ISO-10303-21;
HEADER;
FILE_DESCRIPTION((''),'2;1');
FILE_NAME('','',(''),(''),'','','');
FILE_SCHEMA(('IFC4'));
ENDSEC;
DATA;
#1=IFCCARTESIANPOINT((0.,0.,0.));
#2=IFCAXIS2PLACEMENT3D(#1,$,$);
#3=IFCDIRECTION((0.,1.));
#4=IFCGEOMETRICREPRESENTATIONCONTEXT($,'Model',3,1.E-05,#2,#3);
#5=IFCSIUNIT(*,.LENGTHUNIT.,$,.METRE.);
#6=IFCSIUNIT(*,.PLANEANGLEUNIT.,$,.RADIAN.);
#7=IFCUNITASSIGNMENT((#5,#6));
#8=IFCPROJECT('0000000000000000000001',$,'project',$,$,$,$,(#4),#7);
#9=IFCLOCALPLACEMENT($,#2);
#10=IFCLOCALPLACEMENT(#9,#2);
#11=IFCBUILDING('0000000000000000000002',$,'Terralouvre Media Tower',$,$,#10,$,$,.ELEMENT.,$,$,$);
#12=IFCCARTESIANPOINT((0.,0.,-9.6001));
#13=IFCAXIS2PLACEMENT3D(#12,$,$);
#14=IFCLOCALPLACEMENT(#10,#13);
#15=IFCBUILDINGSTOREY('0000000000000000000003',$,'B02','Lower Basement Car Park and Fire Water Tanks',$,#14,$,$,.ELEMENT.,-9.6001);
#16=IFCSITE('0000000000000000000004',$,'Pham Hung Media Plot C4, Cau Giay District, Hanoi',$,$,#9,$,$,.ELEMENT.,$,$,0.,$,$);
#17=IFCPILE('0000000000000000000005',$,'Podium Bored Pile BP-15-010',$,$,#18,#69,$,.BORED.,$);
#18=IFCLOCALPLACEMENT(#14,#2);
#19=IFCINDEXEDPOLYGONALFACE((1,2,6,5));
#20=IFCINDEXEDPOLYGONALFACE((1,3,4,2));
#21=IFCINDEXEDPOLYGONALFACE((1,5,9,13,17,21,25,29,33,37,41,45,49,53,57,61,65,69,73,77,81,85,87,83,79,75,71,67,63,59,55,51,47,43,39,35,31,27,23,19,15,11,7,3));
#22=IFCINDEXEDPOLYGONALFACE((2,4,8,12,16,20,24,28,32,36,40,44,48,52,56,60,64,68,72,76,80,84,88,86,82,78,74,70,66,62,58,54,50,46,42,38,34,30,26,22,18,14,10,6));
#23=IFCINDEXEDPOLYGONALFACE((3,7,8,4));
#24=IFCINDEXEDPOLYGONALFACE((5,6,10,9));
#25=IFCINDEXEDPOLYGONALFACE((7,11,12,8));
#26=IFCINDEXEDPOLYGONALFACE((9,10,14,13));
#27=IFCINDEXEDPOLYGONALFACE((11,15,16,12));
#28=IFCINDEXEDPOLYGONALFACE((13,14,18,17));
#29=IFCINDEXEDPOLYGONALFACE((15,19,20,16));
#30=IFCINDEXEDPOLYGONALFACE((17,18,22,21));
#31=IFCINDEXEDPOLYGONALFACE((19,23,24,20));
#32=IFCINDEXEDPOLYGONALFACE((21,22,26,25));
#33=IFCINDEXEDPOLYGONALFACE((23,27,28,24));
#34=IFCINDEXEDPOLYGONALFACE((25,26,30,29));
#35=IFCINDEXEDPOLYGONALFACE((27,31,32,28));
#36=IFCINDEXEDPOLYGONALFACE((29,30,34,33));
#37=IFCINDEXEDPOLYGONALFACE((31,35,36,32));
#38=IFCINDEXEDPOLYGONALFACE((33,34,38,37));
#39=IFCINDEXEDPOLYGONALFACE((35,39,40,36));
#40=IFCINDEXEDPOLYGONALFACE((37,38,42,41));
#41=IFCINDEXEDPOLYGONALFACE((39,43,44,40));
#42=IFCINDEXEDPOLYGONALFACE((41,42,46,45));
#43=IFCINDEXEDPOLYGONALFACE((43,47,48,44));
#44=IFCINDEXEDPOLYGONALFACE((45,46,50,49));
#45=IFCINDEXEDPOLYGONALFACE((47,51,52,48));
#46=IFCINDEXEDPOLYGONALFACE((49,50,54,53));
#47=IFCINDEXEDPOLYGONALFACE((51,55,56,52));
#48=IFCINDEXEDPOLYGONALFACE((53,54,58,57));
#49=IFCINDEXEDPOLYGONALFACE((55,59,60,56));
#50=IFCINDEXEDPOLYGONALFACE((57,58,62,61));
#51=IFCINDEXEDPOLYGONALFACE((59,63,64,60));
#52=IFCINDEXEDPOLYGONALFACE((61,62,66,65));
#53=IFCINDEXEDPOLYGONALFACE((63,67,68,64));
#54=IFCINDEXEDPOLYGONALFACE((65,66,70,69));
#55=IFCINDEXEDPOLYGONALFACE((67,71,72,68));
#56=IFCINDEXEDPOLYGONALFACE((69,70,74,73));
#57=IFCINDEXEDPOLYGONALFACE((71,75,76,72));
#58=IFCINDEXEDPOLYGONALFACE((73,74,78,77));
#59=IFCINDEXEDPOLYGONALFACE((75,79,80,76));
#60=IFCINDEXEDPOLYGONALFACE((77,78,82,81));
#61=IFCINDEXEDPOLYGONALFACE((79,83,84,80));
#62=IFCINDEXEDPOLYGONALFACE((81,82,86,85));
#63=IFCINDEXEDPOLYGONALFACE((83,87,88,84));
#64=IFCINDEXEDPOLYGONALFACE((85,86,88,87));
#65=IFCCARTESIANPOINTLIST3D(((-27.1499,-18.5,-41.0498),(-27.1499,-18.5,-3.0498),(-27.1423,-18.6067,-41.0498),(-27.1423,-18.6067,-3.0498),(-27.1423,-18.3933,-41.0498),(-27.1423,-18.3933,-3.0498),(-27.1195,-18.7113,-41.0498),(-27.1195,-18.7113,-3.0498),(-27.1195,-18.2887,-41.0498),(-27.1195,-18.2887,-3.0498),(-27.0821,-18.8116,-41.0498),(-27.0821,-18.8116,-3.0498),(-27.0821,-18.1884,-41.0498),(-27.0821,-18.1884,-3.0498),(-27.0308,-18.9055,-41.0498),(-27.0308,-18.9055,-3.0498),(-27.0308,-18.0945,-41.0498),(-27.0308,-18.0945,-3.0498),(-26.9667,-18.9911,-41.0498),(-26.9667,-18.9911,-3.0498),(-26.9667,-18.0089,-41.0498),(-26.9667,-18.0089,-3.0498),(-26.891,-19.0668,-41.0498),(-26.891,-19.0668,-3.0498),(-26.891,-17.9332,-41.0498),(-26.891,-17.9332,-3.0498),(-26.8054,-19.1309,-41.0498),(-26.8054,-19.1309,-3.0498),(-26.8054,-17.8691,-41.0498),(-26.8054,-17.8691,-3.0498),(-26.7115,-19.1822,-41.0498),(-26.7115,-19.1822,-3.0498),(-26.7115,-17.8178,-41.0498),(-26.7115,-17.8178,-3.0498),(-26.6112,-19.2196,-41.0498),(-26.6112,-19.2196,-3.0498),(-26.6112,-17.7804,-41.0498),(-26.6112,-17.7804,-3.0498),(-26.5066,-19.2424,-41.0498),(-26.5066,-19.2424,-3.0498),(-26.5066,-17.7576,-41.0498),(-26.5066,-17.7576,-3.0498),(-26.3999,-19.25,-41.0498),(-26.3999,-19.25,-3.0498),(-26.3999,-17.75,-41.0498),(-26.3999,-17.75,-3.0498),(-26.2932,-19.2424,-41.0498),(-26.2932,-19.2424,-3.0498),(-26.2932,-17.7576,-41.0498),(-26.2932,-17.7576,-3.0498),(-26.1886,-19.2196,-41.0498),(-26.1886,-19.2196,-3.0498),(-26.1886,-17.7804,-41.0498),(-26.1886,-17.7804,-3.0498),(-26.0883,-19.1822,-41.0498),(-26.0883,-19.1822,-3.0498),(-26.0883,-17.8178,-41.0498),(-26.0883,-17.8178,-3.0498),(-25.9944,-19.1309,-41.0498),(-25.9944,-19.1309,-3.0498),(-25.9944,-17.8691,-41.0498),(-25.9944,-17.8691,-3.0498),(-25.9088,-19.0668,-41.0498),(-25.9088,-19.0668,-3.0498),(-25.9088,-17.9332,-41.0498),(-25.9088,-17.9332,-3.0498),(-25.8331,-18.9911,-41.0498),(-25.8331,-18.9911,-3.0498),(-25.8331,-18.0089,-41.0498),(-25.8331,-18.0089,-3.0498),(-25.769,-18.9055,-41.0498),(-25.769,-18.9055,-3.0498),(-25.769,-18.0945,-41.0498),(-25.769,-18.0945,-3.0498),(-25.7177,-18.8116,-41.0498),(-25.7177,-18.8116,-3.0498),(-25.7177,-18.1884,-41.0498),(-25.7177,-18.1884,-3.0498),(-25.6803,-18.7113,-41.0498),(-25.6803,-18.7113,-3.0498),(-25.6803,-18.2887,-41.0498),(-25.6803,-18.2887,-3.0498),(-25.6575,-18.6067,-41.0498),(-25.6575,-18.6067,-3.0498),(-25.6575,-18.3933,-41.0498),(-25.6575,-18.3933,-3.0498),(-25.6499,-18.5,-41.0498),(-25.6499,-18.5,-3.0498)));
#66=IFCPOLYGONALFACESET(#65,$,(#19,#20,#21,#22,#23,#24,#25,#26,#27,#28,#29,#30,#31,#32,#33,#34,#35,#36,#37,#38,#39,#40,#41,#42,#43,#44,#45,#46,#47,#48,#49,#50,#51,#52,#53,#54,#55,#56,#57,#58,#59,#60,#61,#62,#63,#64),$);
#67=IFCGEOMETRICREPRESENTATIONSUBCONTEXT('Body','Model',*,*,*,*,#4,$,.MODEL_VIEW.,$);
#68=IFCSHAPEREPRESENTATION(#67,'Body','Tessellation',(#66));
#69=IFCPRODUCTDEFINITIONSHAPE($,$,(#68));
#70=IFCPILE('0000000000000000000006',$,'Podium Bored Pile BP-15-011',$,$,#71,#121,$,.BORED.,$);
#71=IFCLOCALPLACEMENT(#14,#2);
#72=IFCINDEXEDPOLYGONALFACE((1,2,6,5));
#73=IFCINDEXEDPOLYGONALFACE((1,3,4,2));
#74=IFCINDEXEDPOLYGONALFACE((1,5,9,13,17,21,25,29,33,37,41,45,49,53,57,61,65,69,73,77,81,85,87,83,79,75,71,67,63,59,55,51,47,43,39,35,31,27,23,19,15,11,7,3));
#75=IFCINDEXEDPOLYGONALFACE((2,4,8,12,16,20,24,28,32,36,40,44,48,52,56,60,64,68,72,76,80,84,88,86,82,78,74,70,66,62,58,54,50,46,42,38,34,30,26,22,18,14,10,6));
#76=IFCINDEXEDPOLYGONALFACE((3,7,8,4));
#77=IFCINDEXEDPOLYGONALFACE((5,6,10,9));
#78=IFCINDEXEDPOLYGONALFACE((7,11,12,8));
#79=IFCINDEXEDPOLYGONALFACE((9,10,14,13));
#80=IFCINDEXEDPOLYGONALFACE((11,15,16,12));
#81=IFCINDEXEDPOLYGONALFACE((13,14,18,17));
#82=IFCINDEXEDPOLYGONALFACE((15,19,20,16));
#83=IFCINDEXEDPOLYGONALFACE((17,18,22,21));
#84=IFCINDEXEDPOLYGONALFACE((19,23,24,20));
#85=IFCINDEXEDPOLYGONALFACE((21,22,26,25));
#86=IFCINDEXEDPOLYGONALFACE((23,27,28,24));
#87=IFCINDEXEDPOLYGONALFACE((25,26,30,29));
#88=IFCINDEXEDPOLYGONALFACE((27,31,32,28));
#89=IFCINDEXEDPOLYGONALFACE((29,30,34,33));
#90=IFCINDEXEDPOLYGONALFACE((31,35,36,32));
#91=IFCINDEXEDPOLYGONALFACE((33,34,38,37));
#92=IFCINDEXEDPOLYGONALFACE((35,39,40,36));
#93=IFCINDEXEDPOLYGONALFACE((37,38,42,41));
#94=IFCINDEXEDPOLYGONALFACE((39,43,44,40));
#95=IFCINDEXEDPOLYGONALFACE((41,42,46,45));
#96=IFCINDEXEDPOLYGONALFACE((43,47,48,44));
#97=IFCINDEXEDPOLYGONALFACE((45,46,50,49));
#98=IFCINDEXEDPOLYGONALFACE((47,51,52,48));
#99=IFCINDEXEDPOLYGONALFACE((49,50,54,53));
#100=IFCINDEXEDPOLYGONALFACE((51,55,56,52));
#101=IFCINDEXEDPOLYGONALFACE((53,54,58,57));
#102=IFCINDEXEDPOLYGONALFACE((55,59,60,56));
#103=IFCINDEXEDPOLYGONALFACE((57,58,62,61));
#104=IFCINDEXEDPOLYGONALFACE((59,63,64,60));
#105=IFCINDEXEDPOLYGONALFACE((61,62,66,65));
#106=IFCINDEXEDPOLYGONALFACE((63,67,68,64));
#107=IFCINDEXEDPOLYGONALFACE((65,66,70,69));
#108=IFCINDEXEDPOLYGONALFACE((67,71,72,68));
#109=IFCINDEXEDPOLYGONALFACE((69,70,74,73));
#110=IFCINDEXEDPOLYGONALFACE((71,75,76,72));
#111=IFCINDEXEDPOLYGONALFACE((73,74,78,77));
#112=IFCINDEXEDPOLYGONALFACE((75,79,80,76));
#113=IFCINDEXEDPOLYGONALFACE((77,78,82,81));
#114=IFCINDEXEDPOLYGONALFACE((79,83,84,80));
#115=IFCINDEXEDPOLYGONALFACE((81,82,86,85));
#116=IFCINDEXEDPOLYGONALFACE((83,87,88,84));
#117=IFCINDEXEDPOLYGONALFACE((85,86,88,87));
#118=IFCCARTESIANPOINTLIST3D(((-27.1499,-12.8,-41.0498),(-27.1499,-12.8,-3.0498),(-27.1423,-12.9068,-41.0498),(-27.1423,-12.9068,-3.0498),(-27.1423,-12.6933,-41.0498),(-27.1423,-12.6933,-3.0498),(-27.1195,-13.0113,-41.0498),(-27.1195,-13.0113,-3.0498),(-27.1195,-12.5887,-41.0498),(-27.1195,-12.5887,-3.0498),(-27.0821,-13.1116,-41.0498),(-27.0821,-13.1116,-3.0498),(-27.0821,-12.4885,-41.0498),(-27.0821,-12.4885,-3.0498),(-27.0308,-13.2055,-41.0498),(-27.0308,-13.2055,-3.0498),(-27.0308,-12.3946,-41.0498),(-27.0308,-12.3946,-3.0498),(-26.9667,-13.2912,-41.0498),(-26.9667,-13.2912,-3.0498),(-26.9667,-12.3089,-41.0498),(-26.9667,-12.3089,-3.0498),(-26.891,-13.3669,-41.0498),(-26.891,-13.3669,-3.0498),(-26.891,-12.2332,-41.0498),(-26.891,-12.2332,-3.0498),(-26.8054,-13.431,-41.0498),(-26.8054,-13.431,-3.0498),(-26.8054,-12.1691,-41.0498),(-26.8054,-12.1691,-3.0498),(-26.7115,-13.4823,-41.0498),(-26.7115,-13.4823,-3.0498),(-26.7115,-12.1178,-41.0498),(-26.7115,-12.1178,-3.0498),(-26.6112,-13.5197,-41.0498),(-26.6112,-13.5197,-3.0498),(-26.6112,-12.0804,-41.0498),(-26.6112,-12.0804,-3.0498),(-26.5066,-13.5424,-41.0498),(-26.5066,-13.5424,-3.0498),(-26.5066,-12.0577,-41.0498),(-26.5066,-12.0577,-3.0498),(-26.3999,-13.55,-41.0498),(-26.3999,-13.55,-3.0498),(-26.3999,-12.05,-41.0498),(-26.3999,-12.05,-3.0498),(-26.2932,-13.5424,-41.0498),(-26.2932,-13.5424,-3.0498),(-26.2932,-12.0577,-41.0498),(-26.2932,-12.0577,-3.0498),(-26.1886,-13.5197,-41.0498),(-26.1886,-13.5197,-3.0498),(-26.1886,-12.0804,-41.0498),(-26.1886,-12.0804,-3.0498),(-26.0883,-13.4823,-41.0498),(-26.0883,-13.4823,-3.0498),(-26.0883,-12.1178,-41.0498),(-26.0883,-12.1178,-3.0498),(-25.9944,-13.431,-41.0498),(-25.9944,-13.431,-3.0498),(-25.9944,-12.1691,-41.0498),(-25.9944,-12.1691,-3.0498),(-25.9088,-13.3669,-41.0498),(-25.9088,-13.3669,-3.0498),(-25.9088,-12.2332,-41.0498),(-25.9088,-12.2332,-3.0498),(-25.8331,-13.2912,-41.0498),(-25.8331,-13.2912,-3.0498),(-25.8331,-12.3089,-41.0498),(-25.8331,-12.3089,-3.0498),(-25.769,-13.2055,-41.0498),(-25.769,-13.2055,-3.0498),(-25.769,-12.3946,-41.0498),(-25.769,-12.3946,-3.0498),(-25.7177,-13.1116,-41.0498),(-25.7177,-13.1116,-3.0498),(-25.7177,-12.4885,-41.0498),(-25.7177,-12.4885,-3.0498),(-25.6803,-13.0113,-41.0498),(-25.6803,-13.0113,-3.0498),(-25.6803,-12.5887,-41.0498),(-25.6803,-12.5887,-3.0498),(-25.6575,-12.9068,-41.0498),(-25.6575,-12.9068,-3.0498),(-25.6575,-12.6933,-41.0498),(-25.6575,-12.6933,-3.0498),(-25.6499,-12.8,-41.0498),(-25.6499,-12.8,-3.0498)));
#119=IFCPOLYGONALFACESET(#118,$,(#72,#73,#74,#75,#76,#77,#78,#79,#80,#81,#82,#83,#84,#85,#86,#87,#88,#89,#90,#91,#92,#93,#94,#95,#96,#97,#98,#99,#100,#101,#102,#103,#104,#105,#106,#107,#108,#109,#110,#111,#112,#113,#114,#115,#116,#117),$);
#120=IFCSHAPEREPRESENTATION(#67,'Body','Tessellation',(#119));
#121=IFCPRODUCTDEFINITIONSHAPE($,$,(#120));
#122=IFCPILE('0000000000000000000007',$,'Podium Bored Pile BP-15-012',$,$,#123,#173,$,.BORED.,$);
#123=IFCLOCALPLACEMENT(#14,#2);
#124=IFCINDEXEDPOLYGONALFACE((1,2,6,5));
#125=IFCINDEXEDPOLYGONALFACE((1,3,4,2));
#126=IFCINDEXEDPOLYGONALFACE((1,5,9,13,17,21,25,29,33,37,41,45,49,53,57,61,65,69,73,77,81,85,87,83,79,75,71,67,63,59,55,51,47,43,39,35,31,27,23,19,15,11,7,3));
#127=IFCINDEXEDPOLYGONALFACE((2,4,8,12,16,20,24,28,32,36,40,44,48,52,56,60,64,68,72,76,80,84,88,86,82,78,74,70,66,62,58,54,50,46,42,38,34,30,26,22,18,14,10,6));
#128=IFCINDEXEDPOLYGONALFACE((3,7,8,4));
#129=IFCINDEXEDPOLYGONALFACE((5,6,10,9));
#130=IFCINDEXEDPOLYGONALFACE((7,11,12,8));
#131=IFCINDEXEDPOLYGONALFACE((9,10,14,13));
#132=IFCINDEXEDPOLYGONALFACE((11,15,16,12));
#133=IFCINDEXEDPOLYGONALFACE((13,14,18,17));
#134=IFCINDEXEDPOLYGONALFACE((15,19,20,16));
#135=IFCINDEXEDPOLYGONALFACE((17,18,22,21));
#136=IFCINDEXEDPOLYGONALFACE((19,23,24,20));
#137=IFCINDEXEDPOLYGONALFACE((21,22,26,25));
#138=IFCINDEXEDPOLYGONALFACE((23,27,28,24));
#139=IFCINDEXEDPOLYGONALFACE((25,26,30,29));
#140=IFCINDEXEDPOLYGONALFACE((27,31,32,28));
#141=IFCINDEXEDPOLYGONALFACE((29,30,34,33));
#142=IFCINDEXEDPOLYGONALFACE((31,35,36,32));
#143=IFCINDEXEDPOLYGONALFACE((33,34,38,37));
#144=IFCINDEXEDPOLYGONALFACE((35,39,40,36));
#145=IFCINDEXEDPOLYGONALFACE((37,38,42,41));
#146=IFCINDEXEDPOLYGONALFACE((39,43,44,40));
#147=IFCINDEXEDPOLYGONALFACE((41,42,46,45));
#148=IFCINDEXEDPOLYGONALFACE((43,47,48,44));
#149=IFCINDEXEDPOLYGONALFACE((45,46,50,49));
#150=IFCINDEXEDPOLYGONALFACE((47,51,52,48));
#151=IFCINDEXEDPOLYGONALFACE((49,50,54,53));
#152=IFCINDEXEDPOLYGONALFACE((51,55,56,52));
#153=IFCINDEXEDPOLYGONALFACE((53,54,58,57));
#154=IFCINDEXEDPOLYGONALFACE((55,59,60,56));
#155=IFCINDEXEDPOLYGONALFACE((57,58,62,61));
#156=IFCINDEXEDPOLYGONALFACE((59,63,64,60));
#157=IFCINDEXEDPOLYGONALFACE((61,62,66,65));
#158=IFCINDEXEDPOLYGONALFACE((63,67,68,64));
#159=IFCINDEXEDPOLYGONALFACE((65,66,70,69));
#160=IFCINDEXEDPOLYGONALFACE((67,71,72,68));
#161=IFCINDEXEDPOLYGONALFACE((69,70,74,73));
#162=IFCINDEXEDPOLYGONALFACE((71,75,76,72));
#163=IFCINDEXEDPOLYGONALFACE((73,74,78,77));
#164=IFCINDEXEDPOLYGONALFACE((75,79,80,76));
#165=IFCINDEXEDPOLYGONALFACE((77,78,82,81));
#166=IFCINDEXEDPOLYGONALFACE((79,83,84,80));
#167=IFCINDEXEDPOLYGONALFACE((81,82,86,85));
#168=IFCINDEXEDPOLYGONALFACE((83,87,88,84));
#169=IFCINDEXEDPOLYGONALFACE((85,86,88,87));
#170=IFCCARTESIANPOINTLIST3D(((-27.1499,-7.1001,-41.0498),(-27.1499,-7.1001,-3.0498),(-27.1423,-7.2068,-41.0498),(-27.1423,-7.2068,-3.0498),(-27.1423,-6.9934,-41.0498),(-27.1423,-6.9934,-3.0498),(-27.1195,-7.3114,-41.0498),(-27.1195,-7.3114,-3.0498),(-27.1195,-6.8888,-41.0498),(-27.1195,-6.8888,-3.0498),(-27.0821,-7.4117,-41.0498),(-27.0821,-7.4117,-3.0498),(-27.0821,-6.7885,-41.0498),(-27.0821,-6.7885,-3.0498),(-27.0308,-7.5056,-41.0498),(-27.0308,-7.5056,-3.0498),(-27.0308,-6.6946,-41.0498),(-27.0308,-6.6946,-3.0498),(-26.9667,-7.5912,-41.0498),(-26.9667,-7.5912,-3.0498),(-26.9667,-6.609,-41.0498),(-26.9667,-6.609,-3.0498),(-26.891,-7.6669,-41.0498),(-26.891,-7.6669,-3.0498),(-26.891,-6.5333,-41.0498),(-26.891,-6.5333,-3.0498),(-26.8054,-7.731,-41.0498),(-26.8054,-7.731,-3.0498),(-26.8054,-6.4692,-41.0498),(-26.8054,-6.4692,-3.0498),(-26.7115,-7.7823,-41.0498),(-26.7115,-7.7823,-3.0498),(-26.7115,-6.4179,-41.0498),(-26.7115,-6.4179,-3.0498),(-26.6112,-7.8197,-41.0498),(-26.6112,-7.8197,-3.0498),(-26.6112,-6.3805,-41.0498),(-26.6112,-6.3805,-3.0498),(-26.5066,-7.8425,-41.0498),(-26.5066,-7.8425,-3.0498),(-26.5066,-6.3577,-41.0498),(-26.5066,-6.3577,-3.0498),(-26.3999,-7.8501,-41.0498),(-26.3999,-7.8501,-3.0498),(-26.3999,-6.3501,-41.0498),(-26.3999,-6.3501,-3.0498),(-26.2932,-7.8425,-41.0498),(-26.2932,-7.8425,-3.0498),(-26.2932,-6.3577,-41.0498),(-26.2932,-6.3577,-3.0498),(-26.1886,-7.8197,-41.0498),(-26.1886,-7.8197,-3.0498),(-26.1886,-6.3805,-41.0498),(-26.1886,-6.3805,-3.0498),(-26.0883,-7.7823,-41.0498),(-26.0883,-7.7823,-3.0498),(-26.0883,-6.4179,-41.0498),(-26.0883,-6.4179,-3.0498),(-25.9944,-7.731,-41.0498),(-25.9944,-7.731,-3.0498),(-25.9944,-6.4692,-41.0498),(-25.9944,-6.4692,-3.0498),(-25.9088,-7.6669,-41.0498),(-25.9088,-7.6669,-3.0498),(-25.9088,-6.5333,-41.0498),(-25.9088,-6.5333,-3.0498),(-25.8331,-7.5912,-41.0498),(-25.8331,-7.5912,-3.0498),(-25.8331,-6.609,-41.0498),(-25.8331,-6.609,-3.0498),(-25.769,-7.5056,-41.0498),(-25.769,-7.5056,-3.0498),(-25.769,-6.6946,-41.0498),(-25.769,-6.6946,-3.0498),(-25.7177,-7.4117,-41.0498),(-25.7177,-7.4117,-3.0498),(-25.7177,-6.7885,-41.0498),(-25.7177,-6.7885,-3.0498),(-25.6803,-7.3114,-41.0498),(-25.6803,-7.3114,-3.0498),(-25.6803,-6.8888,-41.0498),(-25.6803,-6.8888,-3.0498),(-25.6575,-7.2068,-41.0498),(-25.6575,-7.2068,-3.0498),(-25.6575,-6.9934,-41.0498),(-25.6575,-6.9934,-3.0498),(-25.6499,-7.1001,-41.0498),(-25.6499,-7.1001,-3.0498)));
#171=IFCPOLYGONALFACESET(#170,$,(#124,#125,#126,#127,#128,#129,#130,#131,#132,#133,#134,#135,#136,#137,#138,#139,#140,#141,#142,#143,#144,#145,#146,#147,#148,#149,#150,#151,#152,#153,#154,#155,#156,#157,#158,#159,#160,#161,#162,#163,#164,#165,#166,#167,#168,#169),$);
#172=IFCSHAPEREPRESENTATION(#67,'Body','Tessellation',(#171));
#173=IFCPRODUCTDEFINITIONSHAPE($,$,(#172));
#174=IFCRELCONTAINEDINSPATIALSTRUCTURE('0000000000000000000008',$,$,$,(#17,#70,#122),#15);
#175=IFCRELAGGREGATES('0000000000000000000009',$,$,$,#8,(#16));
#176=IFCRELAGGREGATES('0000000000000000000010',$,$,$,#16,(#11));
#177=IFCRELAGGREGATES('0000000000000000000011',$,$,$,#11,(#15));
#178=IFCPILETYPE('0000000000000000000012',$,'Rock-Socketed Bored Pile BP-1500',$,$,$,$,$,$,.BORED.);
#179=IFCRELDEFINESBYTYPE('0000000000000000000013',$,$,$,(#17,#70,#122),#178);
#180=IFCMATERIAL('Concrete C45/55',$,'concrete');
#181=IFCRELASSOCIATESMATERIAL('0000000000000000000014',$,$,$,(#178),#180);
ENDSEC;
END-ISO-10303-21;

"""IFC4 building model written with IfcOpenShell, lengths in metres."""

from ifc_helpers import new_model, si_unit, direction, frame, origin, origin_2d, place, context, subcontext, project, spatial, circle, extrude, material, material_profile, profile_set, type_object, element, save


model = new_model("IFC4")

# Units and contexts
model_context = context("Model", 3, precision=1e-05, world=origin(), true_north=direction((0.0, 1.0)))
body_context = subcontext(model_context, "Body", "Model", "MODEL_VIEW")
ifc_project = project(units=[si_unit("LENGTHUNIT", "METRE"), si_unit("PLANEANGLEUNIT", "RADIAN")], contexts=[model_context])

# Site, building, storey
site_placement = place(None, origin())
site = spatial("IfcSite", under=ifc_project, at=site_placement, Name="Pham Hung Media Plot C4, Cau Giay District, Hanoi", CompositionType="ELEMENT", RefElevation=0.0)
building_placement = place(site_placement, origin())
building = spatial("IfcBuilding", under=site, at=building_placement, Name="Terralouvre Media Tower", CompositionType="ELEMENT")
storey_placement = place(building_placement, frame((0.0, 0.0, -9.6001)))
storey = spatial("IfcBuildingStorey", under=building, at=storey_placement, Name="B02", Description="Lower Basement Car Park and Fire Water Tanks", CompositionType="ELEMENT", Elevation=-9.6001)

# Piles
ifc_material_1 = material(Name="Concrete C45/55", Category="concrete")
ifc_material_profile_1 = material_profile(ifc_material_1, circle(Radius=0.75, at=origin_2d()), Name="BORED PILE 1500")
ifc_profile_set_1 = profile_set([ifc_material_profile_1], Name="Concrete C45/55")
pile_type_1 = type_object("IfcPileType", Name="Rock-Socketed Bored Pile BP-1500", PredefinedType="BORED", material=ifc_profile_set_1)
for number, where, z_axis, x_axis, name in (
    (1, (-26.3999, -18.5, -3.0498), (0.0, 0.0, -1.0), (1.0, 0.0, 0.0), "Podium Bored Pile BP-15-010"),
    (2, (-26.3999, -12.8, -3.0498), (0.0, 0.0, -1.0), (1.0, 0.0, 0.0), "Podium Bored Pile BP-15-011"),
    (3, (-26.3999, -7.1001, -3.0498), (0.0, 0.0, -1.0), (1.0, 0.0, 0.0), "Podium Bored Pile BP-15-012"),
):
    element("IfcPile", number, at=place(storey_placement, frame(where, z_axis=z_axis, x_axis=x_axis)), inside=storey, type_object=pile_type_1, Name=name, PredefinedType="BORED", context=body_context, shape_type="SweptSolid", body=[
        extrude(circle(Radius=0.75, at=origin_2d()), origin(), (0.0, 0.0, 1.0), 38.0),
    ])

save(model, "model.ifc")
